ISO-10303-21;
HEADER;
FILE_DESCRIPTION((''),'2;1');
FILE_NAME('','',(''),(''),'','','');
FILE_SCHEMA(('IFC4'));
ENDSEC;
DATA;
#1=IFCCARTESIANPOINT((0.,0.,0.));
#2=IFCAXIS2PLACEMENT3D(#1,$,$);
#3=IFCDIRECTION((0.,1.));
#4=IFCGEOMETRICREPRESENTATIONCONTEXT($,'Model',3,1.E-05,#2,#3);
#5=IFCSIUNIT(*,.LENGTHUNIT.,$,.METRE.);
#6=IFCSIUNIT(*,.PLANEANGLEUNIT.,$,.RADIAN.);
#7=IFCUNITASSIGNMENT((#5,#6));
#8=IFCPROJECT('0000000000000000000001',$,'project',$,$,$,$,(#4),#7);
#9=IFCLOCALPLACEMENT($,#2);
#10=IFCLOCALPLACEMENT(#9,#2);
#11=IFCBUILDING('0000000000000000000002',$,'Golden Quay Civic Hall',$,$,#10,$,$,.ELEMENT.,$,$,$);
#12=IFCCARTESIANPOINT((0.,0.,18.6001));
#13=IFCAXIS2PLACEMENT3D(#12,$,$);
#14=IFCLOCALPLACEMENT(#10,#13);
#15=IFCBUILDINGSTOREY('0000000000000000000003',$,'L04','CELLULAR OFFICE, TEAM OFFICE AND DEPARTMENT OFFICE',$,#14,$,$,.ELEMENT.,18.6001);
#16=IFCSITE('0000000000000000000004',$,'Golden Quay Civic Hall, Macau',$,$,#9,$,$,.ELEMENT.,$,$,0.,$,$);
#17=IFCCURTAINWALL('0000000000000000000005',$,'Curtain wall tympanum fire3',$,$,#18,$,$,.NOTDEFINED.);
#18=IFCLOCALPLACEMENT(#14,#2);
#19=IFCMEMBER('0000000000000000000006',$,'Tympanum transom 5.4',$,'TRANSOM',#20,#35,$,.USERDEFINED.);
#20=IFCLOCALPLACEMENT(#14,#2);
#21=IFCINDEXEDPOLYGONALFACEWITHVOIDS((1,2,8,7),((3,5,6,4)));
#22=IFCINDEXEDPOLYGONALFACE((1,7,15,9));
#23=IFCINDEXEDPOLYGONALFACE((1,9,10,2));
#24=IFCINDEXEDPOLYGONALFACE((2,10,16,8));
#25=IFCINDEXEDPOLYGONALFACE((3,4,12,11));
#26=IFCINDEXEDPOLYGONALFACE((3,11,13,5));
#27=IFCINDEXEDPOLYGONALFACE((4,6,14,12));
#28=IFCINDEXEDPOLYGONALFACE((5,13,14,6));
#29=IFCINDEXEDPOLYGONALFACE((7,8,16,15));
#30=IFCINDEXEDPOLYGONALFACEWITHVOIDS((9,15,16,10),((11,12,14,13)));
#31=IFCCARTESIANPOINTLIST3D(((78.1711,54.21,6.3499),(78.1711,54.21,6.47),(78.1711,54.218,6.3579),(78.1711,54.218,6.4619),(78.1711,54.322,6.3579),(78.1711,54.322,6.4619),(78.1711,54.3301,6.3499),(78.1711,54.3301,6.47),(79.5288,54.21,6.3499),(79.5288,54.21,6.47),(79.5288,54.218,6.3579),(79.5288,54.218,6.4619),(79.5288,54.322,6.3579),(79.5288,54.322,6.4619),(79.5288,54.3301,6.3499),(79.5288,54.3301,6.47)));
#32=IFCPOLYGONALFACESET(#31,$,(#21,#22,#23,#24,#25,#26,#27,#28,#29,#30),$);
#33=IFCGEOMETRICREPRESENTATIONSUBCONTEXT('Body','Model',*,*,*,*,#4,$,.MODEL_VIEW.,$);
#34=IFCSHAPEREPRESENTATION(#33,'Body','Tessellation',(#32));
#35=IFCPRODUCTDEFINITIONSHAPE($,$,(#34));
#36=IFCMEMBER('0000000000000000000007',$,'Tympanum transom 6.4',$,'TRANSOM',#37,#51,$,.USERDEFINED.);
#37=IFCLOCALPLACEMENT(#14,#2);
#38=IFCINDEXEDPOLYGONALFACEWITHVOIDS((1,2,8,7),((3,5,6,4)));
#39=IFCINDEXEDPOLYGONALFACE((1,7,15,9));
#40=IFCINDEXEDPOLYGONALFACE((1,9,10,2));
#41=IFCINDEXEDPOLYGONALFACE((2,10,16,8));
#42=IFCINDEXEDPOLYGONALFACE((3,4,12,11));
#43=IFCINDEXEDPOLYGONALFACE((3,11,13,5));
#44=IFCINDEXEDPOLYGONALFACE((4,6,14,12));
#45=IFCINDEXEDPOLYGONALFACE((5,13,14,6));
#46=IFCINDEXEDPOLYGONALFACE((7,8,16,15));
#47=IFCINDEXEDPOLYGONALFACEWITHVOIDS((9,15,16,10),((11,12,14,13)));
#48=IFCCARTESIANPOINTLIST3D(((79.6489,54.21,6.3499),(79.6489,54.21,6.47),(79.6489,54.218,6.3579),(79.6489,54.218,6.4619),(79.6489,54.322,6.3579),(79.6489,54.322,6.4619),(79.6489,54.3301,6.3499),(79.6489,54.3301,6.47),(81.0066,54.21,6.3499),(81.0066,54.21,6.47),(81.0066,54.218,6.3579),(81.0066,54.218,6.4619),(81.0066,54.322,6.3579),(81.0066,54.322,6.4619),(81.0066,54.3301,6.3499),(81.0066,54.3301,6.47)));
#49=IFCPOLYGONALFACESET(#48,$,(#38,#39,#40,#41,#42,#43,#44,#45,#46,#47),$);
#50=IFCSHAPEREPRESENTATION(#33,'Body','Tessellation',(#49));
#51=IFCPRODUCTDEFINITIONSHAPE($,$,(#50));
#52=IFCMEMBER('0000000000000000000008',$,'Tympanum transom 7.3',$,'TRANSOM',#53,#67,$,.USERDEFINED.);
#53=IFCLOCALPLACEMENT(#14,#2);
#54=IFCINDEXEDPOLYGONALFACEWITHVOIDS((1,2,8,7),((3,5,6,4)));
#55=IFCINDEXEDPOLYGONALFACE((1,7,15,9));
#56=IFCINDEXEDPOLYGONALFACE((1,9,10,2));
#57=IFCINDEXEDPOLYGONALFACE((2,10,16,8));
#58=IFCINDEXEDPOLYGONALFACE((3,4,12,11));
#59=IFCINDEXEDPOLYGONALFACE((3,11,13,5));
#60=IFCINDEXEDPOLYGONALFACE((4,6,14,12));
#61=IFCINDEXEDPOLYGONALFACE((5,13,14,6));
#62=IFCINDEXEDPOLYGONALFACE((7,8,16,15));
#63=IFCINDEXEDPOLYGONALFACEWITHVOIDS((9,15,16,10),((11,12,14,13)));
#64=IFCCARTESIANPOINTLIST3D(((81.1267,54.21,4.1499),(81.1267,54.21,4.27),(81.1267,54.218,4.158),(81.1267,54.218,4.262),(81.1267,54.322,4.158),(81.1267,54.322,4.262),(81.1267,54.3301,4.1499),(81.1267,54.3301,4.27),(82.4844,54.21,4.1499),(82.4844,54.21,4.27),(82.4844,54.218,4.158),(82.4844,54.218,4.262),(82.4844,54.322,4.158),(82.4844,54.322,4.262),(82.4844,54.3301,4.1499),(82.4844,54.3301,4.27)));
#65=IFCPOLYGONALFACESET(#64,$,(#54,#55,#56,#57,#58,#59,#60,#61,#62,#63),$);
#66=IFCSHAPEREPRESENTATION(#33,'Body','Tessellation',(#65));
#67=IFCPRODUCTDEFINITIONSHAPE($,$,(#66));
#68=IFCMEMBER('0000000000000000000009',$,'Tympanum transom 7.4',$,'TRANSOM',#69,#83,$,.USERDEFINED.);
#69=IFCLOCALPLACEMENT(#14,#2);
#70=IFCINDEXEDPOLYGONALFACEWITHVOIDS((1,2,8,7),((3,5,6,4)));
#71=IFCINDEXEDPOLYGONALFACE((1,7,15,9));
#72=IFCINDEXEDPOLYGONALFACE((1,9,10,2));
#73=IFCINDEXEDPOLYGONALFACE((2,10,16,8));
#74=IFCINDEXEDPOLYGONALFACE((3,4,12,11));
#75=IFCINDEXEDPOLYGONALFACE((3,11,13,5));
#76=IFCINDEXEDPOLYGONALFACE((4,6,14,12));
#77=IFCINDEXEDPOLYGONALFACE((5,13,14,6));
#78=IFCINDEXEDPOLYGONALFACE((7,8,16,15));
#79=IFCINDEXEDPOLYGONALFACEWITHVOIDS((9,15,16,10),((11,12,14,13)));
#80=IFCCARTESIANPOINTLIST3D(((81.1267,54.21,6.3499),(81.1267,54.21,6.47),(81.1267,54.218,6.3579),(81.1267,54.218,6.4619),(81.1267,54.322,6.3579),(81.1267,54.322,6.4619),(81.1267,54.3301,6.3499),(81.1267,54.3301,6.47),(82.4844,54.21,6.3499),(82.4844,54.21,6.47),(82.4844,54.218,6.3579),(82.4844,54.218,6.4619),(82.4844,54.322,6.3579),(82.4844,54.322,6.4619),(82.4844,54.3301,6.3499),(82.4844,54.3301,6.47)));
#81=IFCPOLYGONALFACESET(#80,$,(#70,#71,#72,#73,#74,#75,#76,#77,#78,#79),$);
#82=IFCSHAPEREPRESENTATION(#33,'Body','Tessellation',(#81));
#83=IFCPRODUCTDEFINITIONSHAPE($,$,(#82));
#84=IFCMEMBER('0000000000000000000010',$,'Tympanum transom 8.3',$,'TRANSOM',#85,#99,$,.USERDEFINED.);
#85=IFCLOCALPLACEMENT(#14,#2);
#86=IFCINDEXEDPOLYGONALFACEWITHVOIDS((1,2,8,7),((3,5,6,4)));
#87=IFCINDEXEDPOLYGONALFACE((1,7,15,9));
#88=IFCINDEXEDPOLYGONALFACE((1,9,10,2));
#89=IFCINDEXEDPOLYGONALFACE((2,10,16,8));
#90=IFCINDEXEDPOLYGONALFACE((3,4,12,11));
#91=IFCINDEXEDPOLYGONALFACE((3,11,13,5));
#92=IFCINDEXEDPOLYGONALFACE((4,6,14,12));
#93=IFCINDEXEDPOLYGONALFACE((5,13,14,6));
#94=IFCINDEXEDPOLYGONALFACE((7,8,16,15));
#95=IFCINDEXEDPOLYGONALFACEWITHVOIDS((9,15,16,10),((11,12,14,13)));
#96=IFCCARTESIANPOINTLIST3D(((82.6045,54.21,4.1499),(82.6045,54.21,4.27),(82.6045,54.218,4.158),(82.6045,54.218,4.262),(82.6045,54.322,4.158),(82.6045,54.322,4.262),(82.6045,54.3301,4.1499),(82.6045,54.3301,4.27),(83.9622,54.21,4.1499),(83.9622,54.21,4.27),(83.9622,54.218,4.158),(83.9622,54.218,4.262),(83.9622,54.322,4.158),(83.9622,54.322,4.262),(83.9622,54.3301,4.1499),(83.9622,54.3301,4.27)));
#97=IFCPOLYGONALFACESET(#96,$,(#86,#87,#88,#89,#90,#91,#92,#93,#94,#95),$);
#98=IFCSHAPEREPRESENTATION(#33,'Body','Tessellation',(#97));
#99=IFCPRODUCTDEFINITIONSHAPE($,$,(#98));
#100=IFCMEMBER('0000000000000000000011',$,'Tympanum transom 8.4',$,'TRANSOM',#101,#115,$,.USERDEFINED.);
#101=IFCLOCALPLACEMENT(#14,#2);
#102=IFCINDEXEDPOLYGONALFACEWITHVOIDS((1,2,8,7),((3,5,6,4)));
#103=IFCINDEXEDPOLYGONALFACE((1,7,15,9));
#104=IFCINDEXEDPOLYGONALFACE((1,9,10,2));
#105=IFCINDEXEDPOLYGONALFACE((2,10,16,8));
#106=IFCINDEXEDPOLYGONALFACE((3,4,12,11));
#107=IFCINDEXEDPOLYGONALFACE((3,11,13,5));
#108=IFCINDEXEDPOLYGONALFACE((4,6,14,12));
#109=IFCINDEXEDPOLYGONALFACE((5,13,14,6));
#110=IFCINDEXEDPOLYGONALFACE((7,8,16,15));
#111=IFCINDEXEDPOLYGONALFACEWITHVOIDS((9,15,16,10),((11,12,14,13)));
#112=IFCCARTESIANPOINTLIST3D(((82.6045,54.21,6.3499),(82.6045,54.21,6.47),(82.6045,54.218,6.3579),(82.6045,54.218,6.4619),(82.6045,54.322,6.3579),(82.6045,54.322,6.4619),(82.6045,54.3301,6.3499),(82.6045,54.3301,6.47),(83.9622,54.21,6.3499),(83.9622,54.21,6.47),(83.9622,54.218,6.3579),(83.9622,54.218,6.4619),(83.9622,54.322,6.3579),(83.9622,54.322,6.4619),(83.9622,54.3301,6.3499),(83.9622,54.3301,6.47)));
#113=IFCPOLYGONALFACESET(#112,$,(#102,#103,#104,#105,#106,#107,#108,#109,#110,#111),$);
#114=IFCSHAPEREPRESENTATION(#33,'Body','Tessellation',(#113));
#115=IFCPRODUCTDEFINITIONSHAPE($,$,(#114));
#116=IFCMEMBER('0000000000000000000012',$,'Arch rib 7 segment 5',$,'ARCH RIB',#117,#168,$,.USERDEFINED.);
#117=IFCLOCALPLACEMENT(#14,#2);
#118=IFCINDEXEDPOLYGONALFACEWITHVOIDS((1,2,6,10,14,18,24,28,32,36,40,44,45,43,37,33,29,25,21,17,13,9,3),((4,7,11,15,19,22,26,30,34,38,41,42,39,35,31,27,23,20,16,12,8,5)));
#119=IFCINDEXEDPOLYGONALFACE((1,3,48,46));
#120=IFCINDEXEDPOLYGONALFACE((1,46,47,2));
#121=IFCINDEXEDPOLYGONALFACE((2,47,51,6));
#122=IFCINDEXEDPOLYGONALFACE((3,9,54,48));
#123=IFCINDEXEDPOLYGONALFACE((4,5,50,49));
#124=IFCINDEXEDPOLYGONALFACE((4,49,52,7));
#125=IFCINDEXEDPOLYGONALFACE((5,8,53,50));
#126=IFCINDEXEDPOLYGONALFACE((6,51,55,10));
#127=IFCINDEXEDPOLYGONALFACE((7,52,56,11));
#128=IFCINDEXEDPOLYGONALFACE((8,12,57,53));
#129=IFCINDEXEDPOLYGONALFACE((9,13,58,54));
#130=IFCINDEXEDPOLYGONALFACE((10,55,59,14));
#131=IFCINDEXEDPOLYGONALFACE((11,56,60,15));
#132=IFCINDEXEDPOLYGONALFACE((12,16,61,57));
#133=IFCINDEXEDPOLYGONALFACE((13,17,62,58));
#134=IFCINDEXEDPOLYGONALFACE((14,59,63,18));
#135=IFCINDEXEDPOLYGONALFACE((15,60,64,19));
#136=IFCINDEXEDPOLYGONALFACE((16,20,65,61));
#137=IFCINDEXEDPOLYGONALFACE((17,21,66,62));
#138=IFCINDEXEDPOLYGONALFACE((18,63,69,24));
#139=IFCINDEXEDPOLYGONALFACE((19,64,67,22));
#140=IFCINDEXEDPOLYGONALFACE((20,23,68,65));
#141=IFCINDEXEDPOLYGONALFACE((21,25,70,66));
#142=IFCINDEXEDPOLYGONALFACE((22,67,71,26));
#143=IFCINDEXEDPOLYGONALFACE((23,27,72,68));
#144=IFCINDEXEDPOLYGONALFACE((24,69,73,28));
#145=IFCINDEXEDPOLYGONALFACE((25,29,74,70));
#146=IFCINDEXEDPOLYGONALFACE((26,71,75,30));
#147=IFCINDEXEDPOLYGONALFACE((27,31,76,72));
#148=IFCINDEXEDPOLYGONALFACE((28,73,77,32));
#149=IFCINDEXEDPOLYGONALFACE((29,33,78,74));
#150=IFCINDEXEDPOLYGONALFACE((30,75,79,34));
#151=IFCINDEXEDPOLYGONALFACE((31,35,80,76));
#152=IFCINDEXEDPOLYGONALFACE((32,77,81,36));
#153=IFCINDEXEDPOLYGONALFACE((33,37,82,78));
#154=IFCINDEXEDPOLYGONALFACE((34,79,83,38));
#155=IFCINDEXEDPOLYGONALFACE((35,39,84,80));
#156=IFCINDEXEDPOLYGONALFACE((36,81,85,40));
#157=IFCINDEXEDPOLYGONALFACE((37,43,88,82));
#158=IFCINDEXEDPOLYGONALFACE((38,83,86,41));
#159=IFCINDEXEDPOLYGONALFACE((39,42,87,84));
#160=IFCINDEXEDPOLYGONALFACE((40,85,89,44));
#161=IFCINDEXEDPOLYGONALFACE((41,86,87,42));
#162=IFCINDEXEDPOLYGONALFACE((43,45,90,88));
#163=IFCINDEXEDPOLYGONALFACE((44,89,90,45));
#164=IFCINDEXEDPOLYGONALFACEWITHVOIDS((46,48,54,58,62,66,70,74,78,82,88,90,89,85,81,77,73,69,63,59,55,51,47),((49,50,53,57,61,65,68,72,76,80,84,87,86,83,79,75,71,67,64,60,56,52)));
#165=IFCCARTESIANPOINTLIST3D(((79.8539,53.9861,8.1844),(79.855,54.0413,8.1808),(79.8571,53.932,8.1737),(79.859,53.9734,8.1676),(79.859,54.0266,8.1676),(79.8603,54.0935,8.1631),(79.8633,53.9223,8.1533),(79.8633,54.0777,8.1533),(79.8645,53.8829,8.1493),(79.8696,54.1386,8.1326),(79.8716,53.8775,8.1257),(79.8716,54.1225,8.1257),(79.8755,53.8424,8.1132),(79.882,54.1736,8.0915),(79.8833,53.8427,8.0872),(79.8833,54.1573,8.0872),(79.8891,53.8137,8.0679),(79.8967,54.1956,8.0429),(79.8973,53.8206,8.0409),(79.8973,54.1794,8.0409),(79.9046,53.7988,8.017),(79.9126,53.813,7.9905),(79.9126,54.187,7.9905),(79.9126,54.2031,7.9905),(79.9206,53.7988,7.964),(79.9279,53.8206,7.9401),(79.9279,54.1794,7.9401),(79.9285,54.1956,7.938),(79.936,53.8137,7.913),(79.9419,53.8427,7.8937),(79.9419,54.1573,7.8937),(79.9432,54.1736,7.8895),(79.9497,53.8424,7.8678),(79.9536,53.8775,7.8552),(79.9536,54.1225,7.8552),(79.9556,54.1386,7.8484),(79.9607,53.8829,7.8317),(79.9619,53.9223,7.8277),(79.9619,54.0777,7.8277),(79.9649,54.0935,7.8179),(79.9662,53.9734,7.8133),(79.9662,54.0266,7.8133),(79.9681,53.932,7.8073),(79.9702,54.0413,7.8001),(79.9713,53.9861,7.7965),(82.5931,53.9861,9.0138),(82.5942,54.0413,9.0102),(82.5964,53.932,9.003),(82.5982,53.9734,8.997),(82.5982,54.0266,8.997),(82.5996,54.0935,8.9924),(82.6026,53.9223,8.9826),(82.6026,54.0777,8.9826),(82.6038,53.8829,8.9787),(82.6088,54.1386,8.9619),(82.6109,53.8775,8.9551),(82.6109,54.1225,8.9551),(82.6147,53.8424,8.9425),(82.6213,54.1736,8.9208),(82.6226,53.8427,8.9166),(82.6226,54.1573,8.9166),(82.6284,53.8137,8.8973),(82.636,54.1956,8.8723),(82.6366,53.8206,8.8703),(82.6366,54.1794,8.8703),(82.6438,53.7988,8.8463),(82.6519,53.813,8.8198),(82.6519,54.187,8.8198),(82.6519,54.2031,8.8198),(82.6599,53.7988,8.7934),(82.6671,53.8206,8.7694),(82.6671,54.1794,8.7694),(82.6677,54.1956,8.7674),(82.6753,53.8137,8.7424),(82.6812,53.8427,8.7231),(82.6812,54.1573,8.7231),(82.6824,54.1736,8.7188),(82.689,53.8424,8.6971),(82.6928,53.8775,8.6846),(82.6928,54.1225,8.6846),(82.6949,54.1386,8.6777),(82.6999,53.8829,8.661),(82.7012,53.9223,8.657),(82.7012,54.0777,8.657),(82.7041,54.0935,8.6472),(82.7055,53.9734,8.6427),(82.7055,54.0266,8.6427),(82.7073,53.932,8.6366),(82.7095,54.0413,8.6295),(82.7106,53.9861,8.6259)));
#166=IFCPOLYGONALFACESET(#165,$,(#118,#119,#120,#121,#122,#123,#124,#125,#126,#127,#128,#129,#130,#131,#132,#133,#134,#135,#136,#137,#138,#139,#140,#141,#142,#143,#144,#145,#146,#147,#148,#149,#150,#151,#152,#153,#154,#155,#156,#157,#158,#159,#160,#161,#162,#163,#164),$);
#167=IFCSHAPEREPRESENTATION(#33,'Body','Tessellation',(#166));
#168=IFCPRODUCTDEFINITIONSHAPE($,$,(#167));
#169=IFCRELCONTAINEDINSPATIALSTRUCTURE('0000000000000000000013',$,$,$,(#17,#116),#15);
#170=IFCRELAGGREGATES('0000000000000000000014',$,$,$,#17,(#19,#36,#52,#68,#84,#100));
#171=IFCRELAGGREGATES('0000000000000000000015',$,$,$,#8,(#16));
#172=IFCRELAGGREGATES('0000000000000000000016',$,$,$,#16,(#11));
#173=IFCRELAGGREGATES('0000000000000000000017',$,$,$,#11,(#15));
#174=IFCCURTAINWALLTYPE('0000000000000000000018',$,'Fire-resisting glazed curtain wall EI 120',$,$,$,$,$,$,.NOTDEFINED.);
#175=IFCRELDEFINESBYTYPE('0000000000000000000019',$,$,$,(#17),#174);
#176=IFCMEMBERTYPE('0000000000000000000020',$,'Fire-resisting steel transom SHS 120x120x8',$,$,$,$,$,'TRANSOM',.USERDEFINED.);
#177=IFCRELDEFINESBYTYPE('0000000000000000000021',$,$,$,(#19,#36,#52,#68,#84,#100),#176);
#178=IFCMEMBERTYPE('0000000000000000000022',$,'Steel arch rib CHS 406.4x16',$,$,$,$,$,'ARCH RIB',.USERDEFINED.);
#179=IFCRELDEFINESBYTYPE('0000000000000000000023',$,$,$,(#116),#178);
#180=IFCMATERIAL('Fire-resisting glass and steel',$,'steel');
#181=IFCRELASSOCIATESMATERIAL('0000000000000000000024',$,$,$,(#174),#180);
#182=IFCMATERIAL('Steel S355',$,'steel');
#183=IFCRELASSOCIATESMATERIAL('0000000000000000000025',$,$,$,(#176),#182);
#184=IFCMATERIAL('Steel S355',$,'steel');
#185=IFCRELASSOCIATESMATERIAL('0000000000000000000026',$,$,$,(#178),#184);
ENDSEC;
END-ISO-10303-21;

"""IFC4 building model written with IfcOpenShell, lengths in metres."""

from ifc_helpers import new_model, si_unit, direction, frame, origin, origin_2d, place, context, subcontext, project, spatial, hollow_rectangle, hollow_circle, extrude, material, material_profile, profile_set, type_object, element, aggregate, save


model = new_model("IFC4")

# Units and contexts
model_context = context("Model", 3, precision=1e-05, world=origin(), true_north=direction((0.0, 1.0)))
body_context = subcontext(model_context, "Body", "Model", "MODEL_VIEW")
ifc_project = project(units=[si_unit("LENGTHUNIT", "METRE"), si_unit("PLANEANGLEUNIT", "RADIAN")], contexts=[model_context])

# Site, building, storey
site_placement = place(None, origin())
site = spatial("IfcSite", under=ifc_project, at=site_placement, Name="Golden Quay Civic Hall, Macau", CompositionType="ELEMENT", RefElevation=0.0)
building_placement = place(site_placement, origin())
building = spatial("IfcBuilding", under=site, at=building_placement, Name="Golden Quay Civic Hall", CompositionType="ELEMENT")
storey_placement = place(building_placement, frame((0.0, 0.0, 18.6001)))
storey = spatial("IfcBuildingStorey", under=building, at=storey_placement, Name="L04", Description="CELLULAR OFFICE, TEAM OFFICE AND DEPARTMENT OFFICE", CompositionType="ELEMENT", Elevation=18.6001)

# Curtain wall, members
ifc_material_1 = material(Name="Fire-resisting glass and steel", Category="steel")
curtain_wall_type = type_object("IfcCurtainWallType", Name="Fire-resisting glazed curtain wall EI 120", PredefinedType="NOTDEFINED", material=ifc_material_1)
curtain_wall_placement = place(storey_placement, origin())
curtain_wall = element("IfcCurtainWall", 1, at=curtain_wall_placement, inside=storey, type_object=curtain_wall_type, Name="Curtain wall tympanum fire3", PredefinedType="NOTDEFINED")
ifc_material_2 = material(Name="Steel S355", Category="steel")
ifc_material_profile_1 = material_profile(ifc_material_2, hollow_rectangle(XDim=0.1201, YDim=0.1201, WallThickness=0.0081, at=origin_2d()), Name="SHS 120x120x8")
ifc_profile_set_1 = profile_set([ifc_material_profile_1], Name="Steel S355")
member_type_1 = type_object("IfcMemberType", Name="Fire-resisting steel transom SHS 120x120x8", ElementType="TRANSOM", PredefinedType="USERDEFINED", material=ifc_profile_set_1)
member_1_placement = place(storey_placement, frame((78.1711, 54.27, 6.4099), z_axis=(1.0, 0.0, 0.0), x_axis=(0.0, 1.0, 0.0)))
member_1 = element("IfcMember", 2, at=member_1_placement, type_object=member_type_1, Name="Tympanum transom 5.4", ObjectType="TRANSOM", PredefinedType="USERDEFINED", context=body_context, shape_type="SweptSolid", body=[
    extrude(hollow_rectangle(XDim=0.1201, YDim=0.1201, WallThickness=0.0081, at=origin_2d()), origin(), (0.0, 0.0, 1.0), 1.3577),
])
member_2_placement = place(storey_placement, frame((79.6489, 54.27, 6.4099), z_axis=(1.0, 0.0, 0.0), x_axis=(0.0, 1.0, 0.0)))
member_2 = element("IfcMember", 3, at=member_2_placement, type_object=member_type_1, Name="Tympanum transom 6.4", ObjectType="TRANSOM", PredefinedType="USERDEFINED", context=body_context, shape_type="SweptSolid", body=[
    extrude(hollow_rectangle(XDim=0.1201, YDim=0.1201, WallThickness=0.0081, at=origin_2d()), origin(), (0.0, 0.0, 1.0), 1.3577),
])
member_3_placement = place(storey_placement, frame((81.1267, 54.27, 4.21), z_axis=(1.0, 0.0, 0.0), x_axis=(0.0, 1.0, 0.0)))
member_3 = element("IfcMember", 4, at=member_3_placement, type_object=member_type_1, Name="Tympanum transom 7.3", ObjectType="TRANSOM", PredefinedType="USERDEFINED", context=body_context, shape_type="SweptSolid", body=[
    extrude(hollow_rectangle(XDim=0.1201, YDim=0.1201, WallThickness=0.0081, at=origin_2d()), origin(), (0.0, 0.0, 1.0), 1.3577),
])
member_4_placement = place(storey_placement, frame((81.1267, 54.27, 6.4099), z_axis=(1.0, 0.0, 0.0), x_axis=(0.0, 1.0, 0.0)))
member_4 = element("IfcMember", 5, at=member_4_placement, type_object=member_type_1, Name="Tympanum transom 7.4", ObjectType="TRANSOM", PredefinedType="USERDEFINED", context=body_context, shape_type="SweptSolid", body=[
    extrude(hollow_rectangle(XDim=0.1201, YDim=0.1201, WallThickness=0.0081, at=origin_2d()), origin(), (0.0, 0.0, 1.0), 1.3577),
])
member_5_placement = place(storey_placement, frame((82.6045, 54.27, 4.21), z_axis=(1.0, 0.0, 0.0), x_axis=(0.0, 1.0, 0.0)))
member_5 = element("IfcMember", 6, at=member_5_placement, type_object=member_type_1, Name="Tympanum transom 8.3", ObjectType="TRANSOM", PredefinedType="USERDEFINED", context=body_context, shape_type="SweptSolid", body=[
    extrude(hollow_rectangle(XDim=0.1201, YDim=0.1201, WallThickness=0.0081, at=origin_2d()), origin(), (0.0, 0.0, 1.0), 1.3577),
])
member_6_placement = place(storey_placement, frame((82.6045, 54.27, 6.4099), z_axis=(1.0, 0.0, 0.0), x_axis=(0.0, 1.0, 0.0)))
member_6 = element("IfcMember", 7, at=member_6_placement, type_object=member_type_1, Name="Tympanum transom 8.4", ObjectType="TRANSOM", PredefinedType="USERDEFINED", context=body_context, shape_type="SweptSolid", body=[
    extrude(hollow_rectangle(XDim=0.1201, YDim=0.1201, WallThickness=0.0081, at=origin_2d()), origin(), (0.0, 0.0, 1.0), 1.3577),
])

# Member
ifc_material_3 = material(Name="Steel S355", Category="steel")
ifc_material_profile_2 = material_profile(ifc_material_3, hollow_circle(Radius=0.2031, WallThickness=0.0161, at=origin_2d()), Name="CHS 406.4x16")
ifc_profile_set_2 = profile_set([ifc_material_profile_2], Name="Steel S355")
member_type_2 = type_object("IfcMemberType", Name="Steel arch rib CHS 406.4x16", ElementType="ARCH RIB", PredefinedType="USERDEFINED", material=ifc_profile_set_2)
member_7_placement = place(storey_placement, frame((79.9126, 54.0, 7.9905), z_axis=(0.957095, 0.0, 0.289773), x_axis=(0.0, 1.0, 0.0)))
element("IfcMember", 8, at=member_7_placement, inside=storey, type_object=member_type_2, Name="Arch rib 7 segment 5", ObjectType="ARCH RIB", PredefinedType="USERDEFINED", context=body_context, shape_type="SweptSolid", body=[
    extrude(hollow_circle(Radius=0.2031, WallThickness=0.0161, at=origin_2d()), origin(), (0.0, 0.0, 1.0), 2.8621),
])

aggregate(curtain_wall, [member_1, member_2, member_3, member_4, member_5, member_6])

save(model, "model.ifc")
